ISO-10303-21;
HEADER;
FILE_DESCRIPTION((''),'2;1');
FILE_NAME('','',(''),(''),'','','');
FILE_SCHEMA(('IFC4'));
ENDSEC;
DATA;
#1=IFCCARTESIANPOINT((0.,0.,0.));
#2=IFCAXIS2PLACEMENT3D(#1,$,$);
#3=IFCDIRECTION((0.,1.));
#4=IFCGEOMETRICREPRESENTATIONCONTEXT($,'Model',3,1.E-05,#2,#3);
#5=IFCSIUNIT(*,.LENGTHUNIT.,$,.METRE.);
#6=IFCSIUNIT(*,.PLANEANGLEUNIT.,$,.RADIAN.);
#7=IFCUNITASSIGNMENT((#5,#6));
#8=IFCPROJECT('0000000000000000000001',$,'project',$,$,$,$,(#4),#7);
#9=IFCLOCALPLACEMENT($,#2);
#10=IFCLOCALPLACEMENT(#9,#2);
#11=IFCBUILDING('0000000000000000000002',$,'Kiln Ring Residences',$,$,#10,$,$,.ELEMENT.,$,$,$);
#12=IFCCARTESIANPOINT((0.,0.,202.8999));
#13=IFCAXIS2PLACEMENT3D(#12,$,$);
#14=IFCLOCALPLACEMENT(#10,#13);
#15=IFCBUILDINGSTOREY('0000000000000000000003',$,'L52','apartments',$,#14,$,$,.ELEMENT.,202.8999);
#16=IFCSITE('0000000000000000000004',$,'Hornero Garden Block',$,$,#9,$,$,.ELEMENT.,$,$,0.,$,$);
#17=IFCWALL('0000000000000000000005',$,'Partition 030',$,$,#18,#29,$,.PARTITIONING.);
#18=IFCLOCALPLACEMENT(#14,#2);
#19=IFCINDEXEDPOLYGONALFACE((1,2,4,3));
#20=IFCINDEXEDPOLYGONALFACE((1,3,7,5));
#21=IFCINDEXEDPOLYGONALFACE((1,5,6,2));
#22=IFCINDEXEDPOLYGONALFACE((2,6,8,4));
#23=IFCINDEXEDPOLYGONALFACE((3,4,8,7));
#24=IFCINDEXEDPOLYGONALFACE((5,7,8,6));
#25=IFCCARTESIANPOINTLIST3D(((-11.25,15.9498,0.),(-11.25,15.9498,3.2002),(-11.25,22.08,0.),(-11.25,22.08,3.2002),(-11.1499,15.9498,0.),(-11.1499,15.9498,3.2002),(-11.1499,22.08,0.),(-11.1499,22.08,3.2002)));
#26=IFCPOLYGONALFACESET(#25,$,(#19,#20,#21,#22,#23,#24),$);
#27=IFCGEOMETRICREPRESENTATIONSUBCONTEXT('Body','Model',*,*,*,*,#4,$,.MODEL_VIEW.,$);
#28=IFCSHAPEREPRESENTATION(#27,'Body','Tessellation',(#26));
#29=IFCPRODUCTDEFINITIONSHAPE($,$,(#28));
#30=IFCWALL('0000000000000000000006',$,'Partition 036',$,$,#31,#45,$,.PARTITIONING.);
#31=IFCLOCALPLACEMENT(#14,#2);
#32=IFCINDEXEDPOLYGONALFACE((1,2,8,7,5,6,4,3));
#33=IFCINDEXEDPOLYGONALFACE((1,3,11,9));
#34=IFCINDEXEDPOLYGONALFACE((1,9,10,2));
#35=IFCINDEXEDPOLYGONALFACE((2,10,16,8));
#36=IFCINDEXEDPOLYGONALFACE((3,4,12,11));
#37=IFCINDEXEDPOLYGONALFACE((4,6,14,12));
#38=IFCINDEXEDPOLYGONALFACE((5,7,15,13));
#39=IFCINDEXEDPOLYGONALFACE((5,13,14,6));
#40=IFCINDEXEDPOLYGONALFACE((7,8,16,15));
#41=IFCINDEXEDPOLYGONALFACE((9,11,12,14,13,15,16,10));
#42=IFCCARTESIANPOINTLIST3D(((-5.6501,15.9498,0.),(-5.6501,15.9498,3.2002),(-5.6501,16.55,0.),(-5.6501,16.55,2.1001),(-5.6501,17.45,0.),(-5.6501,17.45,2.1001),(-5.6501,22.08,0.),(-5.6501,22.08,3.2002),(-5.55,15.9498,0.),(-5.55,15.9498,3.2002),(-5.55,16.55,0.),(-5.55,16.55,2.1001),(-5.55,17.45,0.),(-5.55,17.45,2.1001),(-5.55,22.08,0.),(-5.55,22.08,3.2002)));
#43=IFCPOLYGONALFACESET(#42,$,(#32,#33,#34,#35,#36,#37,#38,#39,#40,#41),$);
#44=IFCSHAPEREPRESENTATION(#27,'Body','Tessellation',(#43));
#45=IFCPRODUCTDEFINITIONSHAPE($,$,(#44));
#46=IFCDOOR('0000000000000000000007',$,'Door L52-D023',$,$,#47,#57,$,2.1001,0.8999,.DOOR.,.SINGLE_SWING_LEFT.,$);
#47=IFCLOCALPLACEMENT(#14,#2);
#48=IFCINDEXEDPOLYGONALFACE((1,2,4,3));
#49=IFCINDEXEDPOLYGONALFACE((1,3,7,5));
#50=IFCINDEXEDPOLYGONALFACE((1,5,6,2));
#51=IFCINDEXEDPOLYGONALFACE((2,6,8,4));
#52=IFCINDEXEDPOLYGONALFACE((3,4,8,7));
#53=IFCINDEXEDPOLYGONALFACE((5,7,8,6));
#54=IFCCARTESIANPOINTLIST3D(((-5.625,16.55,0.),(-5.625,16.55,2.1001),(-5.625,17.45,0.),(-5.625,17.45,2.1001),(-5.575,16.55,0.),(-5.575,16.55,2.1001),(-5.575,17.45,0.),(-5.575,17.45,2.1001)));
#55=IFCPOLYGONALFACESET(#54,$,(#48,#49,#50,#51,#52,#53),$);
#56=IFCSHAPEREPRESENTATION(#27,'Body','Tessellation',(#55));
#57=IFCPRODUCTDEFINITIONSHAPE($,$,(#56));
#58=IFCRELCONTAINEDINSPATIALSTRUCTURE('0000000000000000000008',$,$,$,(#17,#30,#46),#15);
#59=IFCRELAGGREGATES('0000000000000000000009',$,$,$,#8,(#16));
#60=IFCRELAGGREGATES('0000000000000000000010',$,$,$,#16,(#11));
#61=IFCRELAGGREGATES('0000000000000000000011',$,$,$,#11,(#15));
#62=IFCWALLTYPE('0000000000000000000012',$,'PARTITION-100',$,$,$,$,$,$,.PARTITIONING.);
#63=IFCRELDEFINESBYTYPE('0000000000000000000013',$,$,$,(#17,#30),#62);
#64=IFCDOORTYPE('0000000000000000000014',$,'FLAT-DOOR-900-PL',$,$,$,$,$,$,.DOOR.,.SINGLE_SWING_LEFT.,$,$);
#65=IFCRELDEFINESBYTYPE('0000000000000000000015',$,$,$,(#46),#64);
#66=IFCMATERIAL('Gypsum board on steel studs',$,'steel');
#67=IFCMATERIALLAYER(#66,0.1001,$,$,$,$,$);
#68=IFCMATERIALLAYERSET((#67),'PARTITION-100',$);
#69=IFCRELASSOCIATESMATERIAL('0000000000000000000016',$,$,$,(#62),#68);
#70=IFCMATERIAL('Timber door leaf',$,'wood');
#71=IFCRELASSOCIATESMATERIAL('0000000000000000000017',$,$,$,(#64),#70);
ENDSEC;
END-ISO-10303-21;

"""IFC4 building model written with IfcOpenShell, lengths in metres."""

from ifc_helpers import new_model, si_unit, direction, frame, frame_2d, origin, place, context, subcontext, project, spatial, rectangle, extrude, material, layer, layer_set, type_object, element, fill, save


model = new_model("IFC4")

# Units and contexts
model_context = context("Model", 3, precision=1e-05, world=origin(), true_north=direction((0.0, 1.0)))
body_context = subcontext(model_context, "Body", "Model", "MODEL_VIEW")
ifc_project = project(units=[si_unit("LENGTHUNIT", "METRE"), si_unit("PLANEANGLEUNIT", "RADIAN")], contexts=[model_context])

# Site, building, storey
site_placement = place(None, origin())
site = spatial("IfcSite", under=ifc_project, at=site_placement, Name="Hornero Garden Block", CompositionType="ELEMENT", RefElevation=0.0)
building_placement = place(site_placement, origin())
building = spatial("IfcBuilding", under=site, at=building_placement, Name="Kiln Ring Residences", CompositionType="ELEMENT")
storey_placement = place(building_placement, frame((0.0, 0.0, 202.8999)))
storey = spatial("IfcBuildingStorey", under=building, at=storey_placement, Name="L52", Description="apartments", CompositionType="ELEMENT", Elevation=202.8999)

# Wall
ifc_material_1 = material(Name="Gypsum board on steel studs", Category="steel")
ifc_layer_1 = layer(ifc_material_1, 0.1001)
ifc_layer_set_1 = layer_set([ifc_layer_1], Name="PARTITION-100")
wall_type_1 = type_object("IfcWallType", Name="PARTITION-100", PredefinedType="PARTITIONING", material=ifc_layer_set_1)
wall_1_placement = place(storey_placement, frame((-11.2, 15.95, 0.0), z_axis=(0.0, 0.0, 1.0), x_axis=(0.0, 1.0, 0.0)))
element("IfcWall", 1, at=wall_1_placement, inside=storey, type_object=wall_type_1, Name="Partition 030", PredefinedType="PARTITIONING", context=body_context, shape_type="SweptSolid", body=[
    extrude(rectangle(XDim=6.1301, YDim=0.1001, at=frame_2d((3.0649, 0.0))), origin(), (0.0, 0.0, 1.0), 3.2002),
])

# Wall, opening, door
wall_2_placement = place(storey_placement, frame((-5.6001, 15.95, 0.0), z_axis=(0.0, 0.0, 1.0), x_axis=(0.0, 1.0, 0.0)))
wall_2 = element("IfcWall", 2, at=wall_2_placement, inside=storey, type_object=wall_type_1, Name="Partition 036", PredefinedType="PARTITIONING", context=body_context, shape_type="SweptSolid", body=[
    extrude(rectangle(XDim=6.1301, YDim=0.1001, at=frame_2d((3.0649, 0.0))), origin(), (0.0, 0.0, 1.0), 3.2002),
])
opening_1_placement = place(wall_2_placement, frame((0.6001, 0.0, 0.0)))
opening_1 = element("IfcOpeningElement", 3, at=opening_1_placement, cuts=wall_2, PredefinedType="OPENING", context=body_context, shape_type="SweptSolid", body=[
    extrude(rectangle(XDim=0.8999, YDim=2.1001, at=frame_2d((0.45, 1.05))), frame((0.0, 0.0601, 0.0), z_axis=(0.0, -1.0, 0.0), x_axis=(1.0, 0.0, 0.0)), (0.0, 0.0, 1.0), 0.1201),
])
ifc_material_2 = material(Name="Timber door leaf", Category="wood")
door_type = type_object("IfcDoorType", Name="FLAT-DOOR-900-PL", OperationType="SINGLE_SWING_LEFT", PredefinedType="DOOR", material=ifc_material_2)
door_placement = place(opening_1_placement, origin())
door = element("IfcDoor", 4, at=door_placement, inside=storey, type_object=door_type, Name="Door L52-D023", OperationType="SINGLE_SWING_LEFT", OverallHeight=2.1001, OverallWidth=0.8999, PredefinedType="DOOR", context=body_context, shape_type="SweptSolid", body=[
    extrude(rectangle(XDim=0.8999, YDim=2.1001, at=frame_2d((0.45, 1.05))), frame((0.0, 0.0249, 0.0), z_axis=(0.0, -1.0, 0.0), x_axis=(1.0, 0.0, 0.0)), (0.0, 0.0, 1.0), 0.05),
])
fill(opening_1, door)

save(model, "model.ifc")
